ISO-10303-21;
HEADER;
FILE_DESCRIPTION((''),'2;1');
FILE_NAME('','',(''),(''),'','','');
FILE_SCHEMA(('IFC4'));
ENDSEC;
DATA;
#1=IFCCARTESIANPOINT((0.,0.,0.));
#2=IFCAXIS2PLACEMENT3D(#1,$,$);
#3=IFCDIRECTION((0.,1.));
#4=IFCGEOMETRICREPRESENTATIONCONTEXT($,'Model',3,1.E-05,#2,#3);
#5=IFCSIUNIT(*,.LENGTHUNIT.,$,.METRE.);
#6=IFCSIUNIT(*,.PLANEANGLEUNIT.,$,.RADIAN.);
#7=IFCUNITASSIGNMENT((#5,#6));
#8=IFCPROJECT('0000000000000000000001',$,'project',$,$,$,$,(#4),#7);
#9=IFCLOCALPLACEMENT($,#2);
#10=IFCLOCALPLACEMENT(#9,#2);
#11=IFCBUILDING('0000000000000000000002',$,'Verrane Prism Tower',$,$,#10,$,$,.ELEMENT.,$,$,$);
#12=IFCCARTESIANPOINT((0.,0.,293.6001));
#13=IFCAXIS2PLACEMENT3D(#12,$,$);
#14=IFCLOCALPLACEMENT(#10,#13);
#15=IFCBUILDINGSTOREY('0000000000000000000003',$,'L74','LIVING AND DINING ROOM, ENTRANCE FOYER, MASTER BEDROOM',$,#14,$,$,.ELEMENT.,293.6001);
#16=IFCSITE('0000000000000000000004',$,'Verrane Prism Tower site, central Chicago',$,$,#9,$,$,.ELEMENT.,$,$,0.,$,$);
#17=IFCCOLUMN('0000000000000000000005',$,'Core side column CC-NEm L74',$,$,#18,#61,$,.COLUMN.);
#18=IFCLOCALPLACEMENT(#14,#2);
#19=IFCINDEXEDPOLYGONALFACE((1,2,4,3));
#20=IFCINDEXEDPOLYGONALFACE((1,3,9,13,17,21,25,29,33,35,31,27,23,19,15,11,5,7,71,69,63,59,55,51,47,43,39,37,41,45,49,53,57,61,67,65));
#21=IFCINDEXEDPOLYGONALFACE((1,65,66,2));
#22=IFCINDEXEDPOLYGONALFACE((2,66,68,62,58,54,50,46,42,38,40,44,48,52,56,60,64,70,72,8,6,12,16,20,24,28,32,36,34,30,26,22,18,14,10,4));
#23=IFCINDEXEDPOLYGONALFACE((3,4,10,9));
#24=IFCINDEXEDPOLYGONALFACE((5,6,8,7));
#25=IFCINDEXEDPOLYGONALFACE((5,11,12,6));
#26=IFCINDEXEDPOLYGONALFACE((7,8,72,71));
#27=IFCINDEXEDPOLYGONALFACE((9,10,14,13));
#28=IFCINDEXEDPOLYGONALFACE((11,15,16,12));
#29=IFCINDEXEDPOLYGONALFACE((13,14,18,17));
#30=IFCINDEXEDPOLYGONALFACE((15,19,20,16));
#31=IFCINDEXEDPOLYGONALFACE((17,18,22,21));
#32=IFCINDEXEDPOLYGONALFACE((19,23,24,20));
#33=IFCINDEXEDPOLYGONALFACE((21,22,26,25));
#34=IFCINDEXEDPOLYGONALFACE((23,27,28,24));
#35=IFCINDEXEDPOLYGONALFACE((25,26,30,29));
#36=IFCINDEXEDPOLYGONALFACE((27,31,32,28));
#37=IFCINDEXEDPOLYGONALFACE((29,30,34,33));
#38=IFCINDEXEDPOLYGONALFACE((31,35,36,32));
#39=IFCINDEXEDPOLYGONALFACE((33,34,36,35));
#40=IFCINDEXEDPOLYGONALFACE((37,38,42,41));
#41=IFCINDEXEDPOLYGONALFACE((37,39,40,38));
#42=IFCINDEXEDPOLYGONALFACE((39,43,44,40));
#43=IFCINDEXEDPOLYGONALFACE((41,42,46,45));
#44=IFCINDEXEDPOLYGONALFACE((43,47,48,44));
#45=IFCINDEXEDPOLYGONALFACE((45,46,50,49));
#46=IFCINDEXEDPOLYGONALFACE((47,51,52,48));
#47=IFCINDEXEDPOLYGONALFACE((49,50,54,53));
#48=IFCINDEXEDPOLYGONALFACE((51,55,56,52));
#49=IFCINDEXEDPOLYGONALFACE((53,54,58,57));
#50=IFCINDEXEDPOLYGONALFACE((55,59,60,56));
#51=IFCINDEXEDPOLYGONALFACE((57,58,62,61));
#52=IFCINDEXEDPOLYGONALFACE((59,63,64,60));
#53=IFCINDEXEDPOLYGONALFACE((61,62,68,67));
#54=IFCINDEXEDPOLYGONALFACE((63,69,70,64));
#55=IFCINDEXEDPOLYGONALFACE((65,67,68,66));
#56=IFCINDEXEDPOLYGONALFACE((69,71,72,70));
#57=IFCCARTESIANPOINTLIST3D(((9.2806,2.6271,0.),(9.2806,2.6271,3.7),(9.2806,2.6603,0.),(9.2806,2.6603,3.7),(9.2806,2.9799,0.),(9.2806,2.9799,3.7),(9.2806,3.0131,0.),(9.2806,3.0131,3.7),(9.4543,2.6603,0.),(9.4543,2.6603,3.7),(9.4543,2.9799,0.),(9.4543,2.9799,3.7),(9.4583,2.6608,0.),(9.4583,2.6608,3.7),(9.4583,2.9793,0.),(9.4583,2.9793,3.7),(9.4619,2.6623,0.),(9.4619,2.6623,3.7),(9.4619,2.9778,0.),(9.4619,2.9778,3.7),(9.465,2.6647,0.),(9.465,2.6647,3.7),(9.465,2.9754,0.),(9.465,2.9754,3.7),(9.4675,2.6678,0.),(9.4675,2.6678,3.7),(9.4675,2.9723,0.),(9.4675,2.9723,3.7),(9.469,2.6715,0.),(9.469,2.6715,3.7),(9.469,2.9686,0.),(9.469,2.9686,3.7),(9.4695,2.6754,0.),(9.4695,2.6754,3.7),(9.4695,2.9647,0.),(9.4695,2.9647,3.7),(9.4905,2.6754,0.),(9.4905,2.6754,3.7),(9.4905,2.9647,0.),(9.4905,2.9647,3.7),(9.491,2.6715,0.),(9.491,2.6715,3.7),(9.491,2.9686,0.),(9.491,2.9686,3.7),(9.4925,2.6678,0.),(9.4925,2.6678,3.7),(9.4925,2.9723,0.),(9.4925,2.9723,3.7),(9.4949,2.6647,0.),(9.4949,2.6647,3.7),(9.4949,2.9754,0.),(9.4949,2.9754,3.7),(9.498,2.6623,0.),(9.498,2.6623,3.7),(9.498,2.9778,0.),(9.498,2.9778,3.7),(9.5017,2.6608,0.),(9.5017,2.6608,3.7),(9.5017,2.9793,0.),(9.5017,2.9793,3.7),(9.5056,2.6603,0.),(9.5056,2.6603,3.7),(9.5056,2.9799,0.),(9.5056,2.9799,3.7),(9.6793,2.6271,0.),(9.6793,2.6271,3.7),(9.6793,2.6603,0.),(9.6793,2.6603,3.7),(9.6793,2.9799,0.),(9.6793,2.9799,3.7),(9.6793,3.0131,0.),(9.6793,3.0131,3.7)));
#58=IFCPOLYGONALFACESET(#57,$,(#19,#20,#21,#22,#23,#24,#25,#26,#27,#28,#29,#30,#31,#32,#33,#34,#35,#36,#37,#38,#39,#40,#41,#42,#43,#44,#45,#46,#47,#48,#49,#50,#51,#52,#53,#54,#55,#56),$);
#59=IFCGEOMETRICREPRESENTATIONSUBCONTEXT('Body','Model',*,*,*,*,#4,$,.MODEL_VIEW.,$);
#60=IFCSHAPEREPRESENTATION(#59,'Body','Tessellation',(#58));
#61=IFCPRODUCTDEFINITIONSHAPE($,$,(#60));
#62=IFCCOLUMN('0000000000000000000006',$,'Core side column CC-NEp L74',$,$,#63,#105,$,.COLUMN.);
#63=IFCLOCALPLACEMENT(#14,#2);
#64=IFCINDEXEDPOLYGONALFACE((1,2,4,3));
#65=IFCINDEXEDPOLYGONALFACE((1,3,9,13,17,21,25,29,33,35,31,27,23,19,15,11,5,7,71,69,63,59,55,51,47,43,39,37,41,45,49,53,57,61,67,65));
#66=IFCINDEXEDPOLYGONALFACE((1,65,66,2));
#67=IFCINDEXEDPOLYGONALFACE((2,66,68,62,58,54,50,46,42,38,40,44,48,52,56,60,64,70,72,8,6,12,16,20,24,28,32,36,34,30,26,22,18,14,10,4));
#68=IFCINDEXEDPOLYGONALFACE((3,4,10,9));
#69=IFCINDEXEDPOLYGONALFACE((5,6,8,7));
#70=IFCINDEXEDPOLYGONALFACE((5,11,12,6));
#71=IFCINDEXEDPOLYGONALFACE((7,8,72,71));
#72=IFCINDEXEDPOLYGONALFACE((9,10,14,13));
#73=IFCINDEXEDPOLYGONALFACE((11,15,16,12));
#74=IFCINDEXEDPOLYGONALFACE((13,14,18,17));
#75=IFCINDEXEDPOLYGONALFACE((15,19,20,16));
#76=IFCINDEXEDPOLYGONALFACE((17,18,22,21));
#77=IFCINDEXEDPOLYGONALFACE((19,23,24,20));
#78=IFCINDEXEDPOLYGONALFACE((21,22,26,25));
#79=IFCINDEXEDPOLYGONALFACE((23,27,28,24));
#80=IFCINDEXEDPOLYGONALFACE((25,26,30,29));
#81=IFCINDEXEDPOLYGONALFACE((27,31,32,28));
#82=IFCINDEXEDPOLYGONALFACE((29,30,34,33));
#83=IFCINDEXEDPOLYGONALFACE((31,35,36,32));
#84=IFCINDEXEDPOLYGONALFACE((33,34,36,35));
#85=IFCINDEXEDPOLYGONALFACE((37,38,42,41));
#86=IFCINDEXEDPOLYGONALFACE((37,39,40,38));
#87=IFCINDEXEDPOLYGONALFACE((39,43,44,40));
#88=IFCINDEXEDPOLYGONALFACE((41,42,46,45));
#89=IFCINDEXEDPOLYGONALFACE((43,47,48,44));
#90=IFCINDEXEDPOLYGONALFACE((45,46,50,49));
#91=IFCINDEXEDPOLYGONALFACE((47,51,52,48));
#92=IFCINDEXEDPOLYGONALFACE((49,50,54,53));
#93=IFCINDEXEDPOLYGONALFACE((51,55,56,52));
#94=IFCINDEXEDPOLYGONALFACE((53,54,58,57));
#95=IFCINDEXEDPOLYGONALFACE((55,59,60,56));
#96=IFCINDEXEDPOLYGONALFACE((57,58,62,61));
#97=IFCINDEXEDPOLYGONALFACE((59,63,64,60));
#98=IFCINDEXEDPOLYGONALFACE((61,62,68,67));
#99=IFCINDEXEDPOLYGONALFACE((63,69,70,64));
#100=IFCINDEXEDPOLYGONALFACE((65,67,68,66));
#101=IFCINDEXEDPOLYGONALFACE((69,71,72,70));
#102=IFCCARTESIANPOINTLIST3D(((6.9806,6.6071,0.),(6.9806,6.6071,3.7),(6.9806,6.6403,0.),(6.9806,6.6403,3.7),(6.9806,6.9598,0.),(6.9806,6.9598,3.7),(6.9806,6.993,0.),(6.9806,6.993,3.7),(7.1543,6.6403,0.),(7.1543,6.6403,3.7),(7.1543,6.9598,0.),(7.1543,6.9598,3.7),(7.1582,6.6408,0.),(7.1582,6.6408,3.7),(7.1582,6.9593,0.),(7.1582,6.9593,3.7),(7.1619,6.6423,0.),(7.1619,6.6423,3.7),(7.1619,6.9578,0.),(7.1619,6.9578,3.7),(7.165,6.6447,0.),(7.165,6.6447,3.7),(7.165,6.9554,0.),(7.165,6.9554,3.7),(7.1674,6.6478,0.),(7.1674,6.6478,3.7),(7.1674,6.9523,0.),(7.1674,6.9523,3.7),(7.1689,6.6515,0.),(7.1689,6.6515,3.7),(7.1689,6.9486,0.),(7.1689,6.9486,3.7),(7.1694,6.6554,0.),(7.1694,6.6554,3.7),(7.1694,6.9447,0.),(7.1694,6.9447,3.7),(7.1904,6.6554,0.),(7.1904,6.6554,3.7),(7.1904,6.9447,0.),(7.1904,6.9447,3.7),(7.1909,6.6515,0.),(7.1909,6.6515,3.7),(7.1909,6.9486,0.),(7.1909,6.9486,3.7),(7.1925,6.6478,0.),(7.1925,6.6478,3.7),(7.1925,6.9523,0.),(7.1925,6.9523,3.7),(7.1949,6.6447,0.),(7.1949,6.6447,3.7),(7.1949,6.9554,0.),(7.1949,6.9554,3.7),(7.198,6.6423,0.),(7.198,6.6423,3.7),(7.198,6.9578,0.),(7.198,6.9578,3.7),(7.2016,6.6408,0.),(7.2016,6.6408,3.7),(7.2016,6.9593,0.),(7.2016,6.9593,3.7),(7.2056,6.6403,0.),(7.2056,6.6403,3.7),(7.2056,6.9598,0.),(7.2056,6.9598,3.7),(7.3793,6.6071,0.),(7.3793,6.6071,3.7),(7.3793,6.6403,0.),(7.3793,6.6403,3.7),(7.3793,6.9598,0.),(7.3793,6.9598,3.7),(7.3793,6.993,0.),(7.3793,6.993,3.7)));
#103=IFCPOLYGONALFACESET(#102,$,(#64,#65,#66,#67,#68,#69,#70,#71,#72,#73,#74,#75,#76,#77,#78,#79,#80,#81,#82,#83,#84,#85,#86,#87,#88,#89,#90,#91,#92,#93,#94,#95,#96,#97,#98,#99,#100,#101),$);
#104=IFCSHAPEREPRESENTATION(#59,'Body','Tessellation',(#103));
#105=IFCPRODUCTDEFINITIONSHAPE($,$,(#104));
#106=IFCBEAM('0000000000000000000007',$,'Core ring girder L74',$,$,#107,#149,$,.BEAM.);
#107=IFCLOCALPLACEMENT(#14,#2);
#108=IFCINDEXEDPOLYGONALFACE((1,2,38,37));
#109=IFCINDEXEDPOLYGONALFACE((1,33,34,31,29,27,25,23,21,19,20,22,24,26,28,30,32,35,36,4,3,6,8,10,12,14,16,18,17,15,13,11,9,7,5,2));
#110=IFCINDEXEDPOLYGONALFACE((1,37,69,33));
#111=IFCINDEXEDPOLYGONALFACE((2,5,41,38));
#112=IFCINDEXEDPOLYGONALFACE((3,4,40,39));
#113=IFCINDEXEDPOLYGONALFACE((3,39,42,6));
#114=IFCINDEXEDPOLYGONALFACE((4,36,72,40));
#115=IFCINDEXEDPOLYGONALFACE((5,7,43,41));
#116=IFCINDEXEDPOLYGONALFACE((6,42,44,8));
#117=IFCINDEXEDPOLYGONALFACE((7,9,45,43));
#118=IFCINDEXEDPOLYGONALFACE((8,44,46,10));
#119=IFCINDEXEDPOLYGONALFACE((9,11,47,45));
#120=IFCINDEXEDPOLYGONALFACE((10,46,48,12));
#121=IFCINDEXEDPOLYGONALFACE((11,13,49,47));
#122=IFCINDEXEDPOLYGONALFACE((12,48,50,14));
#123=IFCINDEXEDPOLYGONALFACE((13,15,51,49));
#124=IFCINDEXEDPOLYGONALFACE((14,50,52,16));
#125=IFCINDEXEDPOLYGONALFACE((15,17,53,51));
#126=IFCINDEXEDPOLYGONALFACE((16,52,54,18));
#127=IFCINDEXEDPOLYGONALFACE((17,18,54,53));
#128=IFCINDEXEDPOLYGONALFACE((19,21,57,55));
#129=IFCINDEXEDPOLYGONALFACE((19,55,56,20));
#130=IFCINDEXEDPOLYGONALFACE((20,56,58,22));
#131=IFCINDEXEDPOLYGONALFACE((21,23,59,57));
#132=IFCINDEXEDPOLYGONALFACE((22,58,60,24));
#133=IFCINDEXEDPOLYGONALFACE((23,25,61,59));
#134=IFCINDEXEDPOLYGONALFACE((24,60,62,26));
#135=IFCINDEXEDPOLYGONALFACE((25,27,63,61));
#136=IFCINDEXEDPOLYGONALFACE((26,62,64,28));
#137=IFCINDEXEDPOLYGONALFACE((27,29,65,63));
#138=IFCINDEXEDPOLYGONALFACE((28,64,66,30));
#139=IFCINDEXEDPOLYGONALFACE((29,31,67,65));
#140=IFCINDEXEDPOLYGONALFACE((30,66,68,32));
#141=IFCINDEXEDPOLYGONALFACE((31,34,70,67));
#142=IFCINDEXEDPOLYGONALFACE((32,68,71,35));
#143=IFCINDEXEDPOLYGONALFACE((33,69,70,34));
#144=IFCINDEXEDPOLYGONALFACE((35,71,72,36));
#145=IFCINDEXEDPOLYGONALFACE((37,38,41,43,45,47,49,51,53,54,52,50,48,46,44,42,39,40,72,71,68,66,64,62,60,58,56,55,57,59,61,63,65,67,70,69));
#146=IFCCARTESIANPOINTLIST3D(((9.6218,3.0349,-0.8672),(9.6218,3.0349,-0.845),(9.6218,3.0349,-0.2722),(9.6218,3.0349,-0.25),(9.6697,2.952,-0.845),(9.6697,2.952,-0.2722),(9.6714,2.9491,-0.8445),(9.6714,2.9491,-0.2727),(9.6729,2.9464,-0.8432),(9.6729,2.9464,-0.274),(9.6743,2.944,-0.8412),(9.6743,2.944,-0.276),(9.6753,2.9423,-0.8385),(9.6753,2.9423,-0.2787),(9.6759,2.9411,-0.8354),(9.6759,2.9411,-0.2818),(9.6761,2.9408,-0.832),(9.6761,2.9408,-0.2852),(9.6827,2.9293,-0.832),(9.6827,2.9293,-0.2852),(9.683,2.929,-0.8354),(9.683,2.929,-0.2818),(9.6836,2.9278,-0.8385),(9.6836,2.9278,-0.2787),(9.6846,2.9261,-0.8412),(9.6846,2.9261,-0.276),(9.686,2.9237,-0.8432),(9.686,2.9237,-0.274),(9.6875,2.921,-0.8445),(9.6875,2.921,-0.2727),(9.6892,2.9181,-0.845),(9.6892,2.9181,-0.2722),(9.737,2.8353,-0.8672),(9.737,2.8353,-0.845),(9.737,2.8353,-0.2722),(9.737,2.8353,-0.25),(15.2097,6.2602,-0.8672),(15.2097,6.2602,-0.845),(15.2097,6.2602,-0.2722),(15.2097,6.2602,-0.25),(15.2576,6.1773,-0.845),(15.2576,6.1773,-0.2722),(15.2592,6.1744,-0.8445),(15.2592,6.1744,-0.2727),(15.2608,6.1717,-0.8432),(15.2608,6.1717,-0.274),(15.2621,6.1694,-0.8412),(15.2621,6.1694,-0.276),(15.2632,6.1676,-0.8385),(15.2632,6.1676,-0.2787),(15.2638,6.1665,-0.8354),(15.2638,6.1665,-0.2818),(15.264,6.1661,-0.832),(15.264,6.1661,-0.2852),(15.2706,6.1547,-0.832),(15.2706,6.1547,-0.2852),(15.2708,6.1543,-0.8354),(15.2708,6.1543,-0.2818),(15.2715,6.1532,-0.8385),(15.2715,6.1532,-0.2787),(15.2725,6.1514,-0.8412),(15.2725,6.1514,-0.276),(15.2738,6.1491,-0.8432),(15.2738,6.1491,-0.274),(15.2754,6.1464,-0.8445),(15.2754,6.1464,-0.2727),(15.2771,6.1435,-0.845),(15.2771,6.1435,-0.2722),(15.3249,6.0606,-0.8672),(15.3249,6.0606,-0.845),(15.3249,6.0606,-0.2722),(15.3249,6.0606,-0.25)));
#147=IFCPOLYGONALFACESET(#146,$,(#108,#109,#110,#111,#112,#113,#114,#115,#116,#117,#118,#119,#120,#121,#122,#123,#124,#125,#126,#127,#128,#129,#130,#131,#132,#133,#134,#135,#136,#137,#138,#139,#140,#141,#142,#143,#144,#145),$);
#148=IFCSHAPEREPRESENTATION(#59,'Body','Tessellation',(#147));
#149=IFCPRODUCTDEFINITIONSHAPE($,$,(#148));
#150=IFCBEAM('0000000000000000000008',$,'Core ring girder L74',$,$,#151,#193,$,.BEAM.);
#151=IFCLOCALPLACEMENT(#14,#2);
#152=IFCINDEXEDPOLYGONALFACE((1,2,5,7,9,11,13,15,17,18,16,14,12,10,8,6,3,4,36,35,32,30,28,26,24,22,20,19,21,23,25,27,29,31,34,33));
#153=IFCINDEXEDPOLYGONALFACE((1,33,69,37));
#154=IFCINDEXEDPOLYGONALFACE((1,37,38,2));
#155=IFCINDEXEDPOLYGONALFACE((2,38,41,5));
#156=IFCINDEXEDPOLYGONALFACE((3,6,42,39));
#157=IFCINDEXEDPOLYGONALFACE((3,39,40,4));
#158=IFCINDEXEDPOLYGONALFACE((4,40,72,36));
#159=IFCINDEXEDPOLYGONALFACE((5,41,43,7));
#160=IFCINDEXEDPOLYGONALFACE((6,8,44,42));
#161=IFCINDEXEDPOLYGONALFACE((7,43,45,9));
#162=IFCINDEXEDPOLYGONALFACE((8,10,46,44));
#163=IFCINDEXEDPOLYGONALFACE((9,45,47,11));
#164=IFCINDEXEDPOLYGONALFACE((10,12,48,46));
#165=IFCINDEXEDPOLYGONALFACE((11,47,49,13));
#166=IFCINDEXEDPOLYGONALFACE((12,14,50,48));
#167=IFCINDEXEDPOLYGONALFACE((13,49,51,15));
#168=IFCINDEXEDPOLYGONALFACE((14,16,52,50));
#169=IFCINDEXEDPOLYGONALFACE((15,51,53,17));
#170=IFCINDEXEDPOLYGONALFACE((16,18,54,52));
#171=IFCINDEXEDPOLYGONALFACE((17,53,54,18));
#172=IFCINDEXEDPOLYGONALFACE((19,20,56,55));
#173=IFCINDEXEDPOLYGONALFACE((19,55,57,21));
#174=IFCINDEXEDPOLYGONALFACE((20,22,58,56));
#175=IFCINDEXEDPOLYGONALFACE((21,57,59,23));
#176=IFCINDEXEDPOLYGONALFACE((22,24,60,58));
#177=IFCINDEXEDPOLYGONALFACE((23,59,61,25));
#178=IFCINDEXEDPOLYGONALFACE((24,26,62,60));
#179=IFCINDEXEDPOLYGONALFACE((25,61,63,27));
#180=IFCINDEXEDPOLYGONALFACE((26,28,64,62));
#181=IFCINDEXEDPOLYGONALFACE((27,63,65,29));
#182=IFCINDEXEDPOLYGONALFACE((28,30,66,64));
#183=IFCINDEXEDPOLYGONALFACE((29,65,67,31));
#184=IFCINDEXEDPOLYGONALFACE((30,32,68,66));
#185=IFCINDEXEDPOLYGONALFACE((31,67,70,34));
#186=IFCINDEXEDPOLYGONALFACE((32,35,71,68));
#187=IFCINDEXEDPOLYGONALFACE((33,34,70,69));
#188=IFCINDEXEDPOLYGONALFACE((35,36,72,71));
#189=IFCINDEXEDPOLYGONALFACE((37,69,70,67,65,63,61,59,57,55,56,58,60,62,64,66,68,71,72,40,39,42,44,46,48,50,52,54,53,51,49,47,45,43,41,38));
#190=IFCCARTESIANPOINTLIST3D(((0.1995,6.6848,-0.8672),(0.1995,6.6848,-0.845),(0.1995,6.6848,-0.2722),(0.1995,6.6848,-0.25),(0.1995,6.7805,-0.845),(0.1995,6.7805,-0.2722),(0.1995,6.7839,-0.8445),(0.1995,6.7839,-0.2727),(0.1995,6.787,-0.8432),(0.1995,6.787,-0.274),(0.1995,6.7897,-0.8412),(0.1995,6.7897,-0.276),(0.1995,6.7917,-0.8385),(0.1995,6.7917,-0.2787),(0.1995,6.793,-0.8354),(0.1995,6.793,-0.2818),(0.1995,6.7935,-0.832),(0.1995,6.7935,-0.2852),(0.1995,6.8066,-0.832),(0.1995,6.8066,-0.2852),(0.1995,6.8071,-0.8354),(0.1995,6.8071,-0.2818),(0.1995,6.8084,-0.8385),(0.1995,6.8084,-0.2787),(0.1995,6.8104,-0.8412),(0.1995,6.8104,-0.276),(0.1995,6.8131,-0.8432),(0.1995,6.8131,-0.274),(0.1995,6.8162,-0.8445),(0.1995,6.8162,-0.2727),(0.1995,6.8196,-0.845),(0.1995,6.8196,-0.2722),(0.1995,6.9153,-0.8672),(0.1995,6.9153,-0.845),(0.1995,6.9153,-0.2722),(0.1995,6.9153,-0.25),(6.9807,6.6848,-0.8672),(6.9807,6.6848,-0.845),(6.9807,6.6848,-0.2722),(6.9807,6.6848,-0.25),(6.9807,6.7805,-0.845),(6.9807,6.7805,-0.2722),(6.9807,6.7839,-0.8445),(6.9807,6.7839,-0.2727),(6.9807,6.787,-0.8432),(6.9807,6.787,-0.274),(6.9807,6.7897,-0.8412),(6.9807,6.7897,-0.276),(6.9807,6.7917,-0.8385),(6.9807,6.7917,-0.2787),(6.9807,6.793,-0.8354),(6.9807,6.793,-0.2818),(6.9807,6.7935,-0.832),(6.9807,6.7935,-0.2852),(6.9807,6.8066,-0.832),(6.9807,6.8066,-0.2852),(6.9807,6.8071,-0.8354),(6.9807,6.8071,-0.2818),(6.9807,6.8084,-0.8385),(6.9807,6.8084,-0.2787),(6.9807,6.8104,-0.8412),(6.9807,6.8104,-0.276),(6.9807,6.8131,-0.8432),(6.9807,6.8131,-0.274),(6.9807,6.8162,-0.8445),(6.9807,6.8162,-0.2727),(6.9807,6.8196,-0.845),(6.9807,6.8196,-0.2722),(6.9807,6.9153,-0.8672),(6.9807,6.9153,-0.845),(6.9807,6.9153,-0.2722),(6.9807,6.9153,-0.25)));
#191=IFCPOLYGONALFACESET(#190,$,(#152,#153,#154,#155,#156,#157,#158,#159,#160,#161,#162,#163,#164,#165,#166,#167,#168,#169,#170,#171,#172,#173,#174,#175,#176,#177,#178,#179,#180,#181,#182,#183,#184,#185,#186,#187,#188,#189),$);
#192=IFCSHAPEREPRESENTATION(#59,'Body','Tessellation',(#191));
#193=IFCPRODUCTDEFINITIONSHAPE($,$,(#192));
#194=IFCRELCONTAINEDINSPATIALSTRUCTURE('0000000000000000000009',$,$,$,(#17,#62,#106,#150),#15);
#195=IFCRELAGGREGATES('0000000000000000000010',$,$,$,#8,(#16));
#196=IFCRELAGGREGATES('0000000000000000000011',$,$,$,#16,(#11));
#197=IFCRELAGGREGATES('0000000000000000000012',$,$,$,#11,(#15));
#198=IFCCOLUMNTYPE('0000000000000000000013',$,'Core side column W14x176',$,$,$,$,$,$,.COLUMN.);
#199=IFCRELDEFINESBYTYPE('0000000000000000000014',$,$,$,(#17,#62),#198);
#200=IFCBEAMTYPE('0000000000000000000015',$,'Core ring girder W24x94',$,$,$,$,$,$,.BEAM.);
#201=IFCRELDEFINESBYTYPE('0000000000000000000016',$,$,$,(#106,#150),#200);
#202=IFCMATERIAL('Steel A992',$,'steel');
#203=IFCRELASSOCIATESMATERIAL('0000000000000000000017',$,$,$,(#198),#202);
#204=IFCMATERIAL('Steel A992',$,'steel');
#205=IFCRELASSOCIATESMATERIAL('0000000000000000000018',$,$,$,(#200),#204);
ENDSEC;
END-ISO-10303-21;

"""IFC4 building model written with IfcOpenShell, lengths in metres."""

from ifc_helpers import new_model, si_unit, direction, frame, origin, origin_2d, place, context, subcontext, project, spatial, i_section, extrude, material, material_profile, profile_set, type_object, element, save


model = new_model("IFC4")

# Units and contexts
model_context = context("Model", 3, precision=1e-05, world=origin(), true_north=direction((0.0, 1.0)))
body_context = subcontext(model_context, "Body", "Model", "MODEL_VIEW")
ifc_project = project(units=[si_unit("LENGTHUNIT", "METRE"), si_unit("PLANEANGLEUNIT", "RADIAN")], contexts=[model_context])

# Site, building, storey
site_placement = place(None, origin())
site = spatial("IfcSite", under=ifc_project, at=site_placement, Name="Verrane Prism Tower site, central Chicago", CompositionType="ELEMENT", RefElevation=0.0)
building_placement = place(site_placement, origin())
building = spatial("IfcBuilding", under=site, at=building_placement, Name="Verrane Prism Tower", CompositionType="ELEMENT")
storey_placement = place(building_placement, frame((0.0, 0.0, 293.6001)))
storey = spatial("IfcBuildingStorey", under=building, at=storey_placement, Name="L74", Description="LIVING AND DINING ROOM, ENTRANCE FOYER, MASTER BEDROOM", CompositionType="ELEMENT", Elevation=293.6001)

# Columns
ifc_material_1 = material(Name="Steel A992", Category="steel")
ifc_material_profile_1 = material_profile(ifc_material_1, i_section(OverallWidth=0.3987, OverallDepth=0.386, WebThickness=0.021, FlangeThickness=0.0332, FilletRadius=0.0151, at=origin_2d()), Name="W14x176")
ifc_profile_set_1 = profile_set([ifc_material_profile_1], Name="Steel A992")
column_type = type_object("IfcColumnType", Name="Core side column W14x176", PredefinedType="COLUMN", material=ifc_profile_set_1)
for number, where, z_axis, x_axis, name in (
    (1, (9.48, 2.8201, 0.0), (0.0, 0.0, 1.0), (1.0, 0.0, 0.0), "Core side column CC-NEm L74"),
    (2, (7.1799, 6.8, 0.0), (0.0, 0.0, 1.0), (1.0, 0.0, 0.0), "Core side column CC-NEp L74"),
):
    element("IfcColumn", number, at=place(storey_placement, frame(where, z_axis=z_axis, x_axis=x_axis)), inside=storey, type_object=column_type, Name=name, PredefinedType="COLUMN", context=body_context, shape_type="SweptSolid", body=[
        extrude(i_section(OverallWidth=0.3987, OverallDepth=0.386, WebThickness=0.021, FlangeThickness=0.0332, FilletRadius=0.0151, at=origin_2d()), origin(), (0.0, 0.0, 1.0), 3.7),
    ])

# Beams
ifc_material_2 = material(Name="Steel A992", Category="steel")
ifc_material_profile_2 = material_profile(ifc_material_2, i_section(OverallWidth=0.2305, OverallDepth=0.6172, WebThickness=0.0132, FlangeThickness=0.0222, FilletRadius=0.0129, at=origin_2d()), Name="W24x94")
ifc_profile_set_2 = profile_set([ifc_material_profile_2], Name="Steel A992")
beam_type = type_object("IfcBeamType", Name="Core ring girder W24x94", PredefinedType="BEAM", material=ifc_profile_set_2)
beam_1_placement = place(storey_placement, frame((9.6794, 2.9351, -0.5586), z_axis=(0.866081, 0.499904, 0.0), x_axis=(-0.499904, 0.866081, 0.0)))
element("IfcBeam", 3, at=beam_1_placement, inside=storey, type_object=beam_type, Name="Core ring girder L74", PredefinedType="BEAM", context=body_context, shape_type="SweptSolid", body=[
    extrude(i_section(OverallWidth=0.2305, OverallDepth=0.6172, WebThickness=0.0132, FlangeThickness=0.0222, FilletRadius=0.0129, at=origin_2d()), origin(), (0.0, 0.0, 1.0), 6.4519),
])
beam_2_placement = place(storey_placement, frame((6.9807, 6.8, -0.5586), z_axis=(-1.0, 0.0, 0.0), x_axis=(0.0, -1.0, 0.0)))
element("IfcBeam", 4, at=beam_2_placement, inside=storey, type_object=beam_type, Name="Core ring girder L74", PredefinedType="BEAM", context=body_context, shape_type="SweptSolid", body=[
    extrude(i_section(OverallWidth=0.2305, OverallDepth=0.6172, WebThickness=0.0132, FlangeThickness=0.0222, FilletRadius=0.0129, at=origin_2d()), origin(), (0.0, 0.0, 1.0), 6.7812),
])

save(model, "model.ifc")
